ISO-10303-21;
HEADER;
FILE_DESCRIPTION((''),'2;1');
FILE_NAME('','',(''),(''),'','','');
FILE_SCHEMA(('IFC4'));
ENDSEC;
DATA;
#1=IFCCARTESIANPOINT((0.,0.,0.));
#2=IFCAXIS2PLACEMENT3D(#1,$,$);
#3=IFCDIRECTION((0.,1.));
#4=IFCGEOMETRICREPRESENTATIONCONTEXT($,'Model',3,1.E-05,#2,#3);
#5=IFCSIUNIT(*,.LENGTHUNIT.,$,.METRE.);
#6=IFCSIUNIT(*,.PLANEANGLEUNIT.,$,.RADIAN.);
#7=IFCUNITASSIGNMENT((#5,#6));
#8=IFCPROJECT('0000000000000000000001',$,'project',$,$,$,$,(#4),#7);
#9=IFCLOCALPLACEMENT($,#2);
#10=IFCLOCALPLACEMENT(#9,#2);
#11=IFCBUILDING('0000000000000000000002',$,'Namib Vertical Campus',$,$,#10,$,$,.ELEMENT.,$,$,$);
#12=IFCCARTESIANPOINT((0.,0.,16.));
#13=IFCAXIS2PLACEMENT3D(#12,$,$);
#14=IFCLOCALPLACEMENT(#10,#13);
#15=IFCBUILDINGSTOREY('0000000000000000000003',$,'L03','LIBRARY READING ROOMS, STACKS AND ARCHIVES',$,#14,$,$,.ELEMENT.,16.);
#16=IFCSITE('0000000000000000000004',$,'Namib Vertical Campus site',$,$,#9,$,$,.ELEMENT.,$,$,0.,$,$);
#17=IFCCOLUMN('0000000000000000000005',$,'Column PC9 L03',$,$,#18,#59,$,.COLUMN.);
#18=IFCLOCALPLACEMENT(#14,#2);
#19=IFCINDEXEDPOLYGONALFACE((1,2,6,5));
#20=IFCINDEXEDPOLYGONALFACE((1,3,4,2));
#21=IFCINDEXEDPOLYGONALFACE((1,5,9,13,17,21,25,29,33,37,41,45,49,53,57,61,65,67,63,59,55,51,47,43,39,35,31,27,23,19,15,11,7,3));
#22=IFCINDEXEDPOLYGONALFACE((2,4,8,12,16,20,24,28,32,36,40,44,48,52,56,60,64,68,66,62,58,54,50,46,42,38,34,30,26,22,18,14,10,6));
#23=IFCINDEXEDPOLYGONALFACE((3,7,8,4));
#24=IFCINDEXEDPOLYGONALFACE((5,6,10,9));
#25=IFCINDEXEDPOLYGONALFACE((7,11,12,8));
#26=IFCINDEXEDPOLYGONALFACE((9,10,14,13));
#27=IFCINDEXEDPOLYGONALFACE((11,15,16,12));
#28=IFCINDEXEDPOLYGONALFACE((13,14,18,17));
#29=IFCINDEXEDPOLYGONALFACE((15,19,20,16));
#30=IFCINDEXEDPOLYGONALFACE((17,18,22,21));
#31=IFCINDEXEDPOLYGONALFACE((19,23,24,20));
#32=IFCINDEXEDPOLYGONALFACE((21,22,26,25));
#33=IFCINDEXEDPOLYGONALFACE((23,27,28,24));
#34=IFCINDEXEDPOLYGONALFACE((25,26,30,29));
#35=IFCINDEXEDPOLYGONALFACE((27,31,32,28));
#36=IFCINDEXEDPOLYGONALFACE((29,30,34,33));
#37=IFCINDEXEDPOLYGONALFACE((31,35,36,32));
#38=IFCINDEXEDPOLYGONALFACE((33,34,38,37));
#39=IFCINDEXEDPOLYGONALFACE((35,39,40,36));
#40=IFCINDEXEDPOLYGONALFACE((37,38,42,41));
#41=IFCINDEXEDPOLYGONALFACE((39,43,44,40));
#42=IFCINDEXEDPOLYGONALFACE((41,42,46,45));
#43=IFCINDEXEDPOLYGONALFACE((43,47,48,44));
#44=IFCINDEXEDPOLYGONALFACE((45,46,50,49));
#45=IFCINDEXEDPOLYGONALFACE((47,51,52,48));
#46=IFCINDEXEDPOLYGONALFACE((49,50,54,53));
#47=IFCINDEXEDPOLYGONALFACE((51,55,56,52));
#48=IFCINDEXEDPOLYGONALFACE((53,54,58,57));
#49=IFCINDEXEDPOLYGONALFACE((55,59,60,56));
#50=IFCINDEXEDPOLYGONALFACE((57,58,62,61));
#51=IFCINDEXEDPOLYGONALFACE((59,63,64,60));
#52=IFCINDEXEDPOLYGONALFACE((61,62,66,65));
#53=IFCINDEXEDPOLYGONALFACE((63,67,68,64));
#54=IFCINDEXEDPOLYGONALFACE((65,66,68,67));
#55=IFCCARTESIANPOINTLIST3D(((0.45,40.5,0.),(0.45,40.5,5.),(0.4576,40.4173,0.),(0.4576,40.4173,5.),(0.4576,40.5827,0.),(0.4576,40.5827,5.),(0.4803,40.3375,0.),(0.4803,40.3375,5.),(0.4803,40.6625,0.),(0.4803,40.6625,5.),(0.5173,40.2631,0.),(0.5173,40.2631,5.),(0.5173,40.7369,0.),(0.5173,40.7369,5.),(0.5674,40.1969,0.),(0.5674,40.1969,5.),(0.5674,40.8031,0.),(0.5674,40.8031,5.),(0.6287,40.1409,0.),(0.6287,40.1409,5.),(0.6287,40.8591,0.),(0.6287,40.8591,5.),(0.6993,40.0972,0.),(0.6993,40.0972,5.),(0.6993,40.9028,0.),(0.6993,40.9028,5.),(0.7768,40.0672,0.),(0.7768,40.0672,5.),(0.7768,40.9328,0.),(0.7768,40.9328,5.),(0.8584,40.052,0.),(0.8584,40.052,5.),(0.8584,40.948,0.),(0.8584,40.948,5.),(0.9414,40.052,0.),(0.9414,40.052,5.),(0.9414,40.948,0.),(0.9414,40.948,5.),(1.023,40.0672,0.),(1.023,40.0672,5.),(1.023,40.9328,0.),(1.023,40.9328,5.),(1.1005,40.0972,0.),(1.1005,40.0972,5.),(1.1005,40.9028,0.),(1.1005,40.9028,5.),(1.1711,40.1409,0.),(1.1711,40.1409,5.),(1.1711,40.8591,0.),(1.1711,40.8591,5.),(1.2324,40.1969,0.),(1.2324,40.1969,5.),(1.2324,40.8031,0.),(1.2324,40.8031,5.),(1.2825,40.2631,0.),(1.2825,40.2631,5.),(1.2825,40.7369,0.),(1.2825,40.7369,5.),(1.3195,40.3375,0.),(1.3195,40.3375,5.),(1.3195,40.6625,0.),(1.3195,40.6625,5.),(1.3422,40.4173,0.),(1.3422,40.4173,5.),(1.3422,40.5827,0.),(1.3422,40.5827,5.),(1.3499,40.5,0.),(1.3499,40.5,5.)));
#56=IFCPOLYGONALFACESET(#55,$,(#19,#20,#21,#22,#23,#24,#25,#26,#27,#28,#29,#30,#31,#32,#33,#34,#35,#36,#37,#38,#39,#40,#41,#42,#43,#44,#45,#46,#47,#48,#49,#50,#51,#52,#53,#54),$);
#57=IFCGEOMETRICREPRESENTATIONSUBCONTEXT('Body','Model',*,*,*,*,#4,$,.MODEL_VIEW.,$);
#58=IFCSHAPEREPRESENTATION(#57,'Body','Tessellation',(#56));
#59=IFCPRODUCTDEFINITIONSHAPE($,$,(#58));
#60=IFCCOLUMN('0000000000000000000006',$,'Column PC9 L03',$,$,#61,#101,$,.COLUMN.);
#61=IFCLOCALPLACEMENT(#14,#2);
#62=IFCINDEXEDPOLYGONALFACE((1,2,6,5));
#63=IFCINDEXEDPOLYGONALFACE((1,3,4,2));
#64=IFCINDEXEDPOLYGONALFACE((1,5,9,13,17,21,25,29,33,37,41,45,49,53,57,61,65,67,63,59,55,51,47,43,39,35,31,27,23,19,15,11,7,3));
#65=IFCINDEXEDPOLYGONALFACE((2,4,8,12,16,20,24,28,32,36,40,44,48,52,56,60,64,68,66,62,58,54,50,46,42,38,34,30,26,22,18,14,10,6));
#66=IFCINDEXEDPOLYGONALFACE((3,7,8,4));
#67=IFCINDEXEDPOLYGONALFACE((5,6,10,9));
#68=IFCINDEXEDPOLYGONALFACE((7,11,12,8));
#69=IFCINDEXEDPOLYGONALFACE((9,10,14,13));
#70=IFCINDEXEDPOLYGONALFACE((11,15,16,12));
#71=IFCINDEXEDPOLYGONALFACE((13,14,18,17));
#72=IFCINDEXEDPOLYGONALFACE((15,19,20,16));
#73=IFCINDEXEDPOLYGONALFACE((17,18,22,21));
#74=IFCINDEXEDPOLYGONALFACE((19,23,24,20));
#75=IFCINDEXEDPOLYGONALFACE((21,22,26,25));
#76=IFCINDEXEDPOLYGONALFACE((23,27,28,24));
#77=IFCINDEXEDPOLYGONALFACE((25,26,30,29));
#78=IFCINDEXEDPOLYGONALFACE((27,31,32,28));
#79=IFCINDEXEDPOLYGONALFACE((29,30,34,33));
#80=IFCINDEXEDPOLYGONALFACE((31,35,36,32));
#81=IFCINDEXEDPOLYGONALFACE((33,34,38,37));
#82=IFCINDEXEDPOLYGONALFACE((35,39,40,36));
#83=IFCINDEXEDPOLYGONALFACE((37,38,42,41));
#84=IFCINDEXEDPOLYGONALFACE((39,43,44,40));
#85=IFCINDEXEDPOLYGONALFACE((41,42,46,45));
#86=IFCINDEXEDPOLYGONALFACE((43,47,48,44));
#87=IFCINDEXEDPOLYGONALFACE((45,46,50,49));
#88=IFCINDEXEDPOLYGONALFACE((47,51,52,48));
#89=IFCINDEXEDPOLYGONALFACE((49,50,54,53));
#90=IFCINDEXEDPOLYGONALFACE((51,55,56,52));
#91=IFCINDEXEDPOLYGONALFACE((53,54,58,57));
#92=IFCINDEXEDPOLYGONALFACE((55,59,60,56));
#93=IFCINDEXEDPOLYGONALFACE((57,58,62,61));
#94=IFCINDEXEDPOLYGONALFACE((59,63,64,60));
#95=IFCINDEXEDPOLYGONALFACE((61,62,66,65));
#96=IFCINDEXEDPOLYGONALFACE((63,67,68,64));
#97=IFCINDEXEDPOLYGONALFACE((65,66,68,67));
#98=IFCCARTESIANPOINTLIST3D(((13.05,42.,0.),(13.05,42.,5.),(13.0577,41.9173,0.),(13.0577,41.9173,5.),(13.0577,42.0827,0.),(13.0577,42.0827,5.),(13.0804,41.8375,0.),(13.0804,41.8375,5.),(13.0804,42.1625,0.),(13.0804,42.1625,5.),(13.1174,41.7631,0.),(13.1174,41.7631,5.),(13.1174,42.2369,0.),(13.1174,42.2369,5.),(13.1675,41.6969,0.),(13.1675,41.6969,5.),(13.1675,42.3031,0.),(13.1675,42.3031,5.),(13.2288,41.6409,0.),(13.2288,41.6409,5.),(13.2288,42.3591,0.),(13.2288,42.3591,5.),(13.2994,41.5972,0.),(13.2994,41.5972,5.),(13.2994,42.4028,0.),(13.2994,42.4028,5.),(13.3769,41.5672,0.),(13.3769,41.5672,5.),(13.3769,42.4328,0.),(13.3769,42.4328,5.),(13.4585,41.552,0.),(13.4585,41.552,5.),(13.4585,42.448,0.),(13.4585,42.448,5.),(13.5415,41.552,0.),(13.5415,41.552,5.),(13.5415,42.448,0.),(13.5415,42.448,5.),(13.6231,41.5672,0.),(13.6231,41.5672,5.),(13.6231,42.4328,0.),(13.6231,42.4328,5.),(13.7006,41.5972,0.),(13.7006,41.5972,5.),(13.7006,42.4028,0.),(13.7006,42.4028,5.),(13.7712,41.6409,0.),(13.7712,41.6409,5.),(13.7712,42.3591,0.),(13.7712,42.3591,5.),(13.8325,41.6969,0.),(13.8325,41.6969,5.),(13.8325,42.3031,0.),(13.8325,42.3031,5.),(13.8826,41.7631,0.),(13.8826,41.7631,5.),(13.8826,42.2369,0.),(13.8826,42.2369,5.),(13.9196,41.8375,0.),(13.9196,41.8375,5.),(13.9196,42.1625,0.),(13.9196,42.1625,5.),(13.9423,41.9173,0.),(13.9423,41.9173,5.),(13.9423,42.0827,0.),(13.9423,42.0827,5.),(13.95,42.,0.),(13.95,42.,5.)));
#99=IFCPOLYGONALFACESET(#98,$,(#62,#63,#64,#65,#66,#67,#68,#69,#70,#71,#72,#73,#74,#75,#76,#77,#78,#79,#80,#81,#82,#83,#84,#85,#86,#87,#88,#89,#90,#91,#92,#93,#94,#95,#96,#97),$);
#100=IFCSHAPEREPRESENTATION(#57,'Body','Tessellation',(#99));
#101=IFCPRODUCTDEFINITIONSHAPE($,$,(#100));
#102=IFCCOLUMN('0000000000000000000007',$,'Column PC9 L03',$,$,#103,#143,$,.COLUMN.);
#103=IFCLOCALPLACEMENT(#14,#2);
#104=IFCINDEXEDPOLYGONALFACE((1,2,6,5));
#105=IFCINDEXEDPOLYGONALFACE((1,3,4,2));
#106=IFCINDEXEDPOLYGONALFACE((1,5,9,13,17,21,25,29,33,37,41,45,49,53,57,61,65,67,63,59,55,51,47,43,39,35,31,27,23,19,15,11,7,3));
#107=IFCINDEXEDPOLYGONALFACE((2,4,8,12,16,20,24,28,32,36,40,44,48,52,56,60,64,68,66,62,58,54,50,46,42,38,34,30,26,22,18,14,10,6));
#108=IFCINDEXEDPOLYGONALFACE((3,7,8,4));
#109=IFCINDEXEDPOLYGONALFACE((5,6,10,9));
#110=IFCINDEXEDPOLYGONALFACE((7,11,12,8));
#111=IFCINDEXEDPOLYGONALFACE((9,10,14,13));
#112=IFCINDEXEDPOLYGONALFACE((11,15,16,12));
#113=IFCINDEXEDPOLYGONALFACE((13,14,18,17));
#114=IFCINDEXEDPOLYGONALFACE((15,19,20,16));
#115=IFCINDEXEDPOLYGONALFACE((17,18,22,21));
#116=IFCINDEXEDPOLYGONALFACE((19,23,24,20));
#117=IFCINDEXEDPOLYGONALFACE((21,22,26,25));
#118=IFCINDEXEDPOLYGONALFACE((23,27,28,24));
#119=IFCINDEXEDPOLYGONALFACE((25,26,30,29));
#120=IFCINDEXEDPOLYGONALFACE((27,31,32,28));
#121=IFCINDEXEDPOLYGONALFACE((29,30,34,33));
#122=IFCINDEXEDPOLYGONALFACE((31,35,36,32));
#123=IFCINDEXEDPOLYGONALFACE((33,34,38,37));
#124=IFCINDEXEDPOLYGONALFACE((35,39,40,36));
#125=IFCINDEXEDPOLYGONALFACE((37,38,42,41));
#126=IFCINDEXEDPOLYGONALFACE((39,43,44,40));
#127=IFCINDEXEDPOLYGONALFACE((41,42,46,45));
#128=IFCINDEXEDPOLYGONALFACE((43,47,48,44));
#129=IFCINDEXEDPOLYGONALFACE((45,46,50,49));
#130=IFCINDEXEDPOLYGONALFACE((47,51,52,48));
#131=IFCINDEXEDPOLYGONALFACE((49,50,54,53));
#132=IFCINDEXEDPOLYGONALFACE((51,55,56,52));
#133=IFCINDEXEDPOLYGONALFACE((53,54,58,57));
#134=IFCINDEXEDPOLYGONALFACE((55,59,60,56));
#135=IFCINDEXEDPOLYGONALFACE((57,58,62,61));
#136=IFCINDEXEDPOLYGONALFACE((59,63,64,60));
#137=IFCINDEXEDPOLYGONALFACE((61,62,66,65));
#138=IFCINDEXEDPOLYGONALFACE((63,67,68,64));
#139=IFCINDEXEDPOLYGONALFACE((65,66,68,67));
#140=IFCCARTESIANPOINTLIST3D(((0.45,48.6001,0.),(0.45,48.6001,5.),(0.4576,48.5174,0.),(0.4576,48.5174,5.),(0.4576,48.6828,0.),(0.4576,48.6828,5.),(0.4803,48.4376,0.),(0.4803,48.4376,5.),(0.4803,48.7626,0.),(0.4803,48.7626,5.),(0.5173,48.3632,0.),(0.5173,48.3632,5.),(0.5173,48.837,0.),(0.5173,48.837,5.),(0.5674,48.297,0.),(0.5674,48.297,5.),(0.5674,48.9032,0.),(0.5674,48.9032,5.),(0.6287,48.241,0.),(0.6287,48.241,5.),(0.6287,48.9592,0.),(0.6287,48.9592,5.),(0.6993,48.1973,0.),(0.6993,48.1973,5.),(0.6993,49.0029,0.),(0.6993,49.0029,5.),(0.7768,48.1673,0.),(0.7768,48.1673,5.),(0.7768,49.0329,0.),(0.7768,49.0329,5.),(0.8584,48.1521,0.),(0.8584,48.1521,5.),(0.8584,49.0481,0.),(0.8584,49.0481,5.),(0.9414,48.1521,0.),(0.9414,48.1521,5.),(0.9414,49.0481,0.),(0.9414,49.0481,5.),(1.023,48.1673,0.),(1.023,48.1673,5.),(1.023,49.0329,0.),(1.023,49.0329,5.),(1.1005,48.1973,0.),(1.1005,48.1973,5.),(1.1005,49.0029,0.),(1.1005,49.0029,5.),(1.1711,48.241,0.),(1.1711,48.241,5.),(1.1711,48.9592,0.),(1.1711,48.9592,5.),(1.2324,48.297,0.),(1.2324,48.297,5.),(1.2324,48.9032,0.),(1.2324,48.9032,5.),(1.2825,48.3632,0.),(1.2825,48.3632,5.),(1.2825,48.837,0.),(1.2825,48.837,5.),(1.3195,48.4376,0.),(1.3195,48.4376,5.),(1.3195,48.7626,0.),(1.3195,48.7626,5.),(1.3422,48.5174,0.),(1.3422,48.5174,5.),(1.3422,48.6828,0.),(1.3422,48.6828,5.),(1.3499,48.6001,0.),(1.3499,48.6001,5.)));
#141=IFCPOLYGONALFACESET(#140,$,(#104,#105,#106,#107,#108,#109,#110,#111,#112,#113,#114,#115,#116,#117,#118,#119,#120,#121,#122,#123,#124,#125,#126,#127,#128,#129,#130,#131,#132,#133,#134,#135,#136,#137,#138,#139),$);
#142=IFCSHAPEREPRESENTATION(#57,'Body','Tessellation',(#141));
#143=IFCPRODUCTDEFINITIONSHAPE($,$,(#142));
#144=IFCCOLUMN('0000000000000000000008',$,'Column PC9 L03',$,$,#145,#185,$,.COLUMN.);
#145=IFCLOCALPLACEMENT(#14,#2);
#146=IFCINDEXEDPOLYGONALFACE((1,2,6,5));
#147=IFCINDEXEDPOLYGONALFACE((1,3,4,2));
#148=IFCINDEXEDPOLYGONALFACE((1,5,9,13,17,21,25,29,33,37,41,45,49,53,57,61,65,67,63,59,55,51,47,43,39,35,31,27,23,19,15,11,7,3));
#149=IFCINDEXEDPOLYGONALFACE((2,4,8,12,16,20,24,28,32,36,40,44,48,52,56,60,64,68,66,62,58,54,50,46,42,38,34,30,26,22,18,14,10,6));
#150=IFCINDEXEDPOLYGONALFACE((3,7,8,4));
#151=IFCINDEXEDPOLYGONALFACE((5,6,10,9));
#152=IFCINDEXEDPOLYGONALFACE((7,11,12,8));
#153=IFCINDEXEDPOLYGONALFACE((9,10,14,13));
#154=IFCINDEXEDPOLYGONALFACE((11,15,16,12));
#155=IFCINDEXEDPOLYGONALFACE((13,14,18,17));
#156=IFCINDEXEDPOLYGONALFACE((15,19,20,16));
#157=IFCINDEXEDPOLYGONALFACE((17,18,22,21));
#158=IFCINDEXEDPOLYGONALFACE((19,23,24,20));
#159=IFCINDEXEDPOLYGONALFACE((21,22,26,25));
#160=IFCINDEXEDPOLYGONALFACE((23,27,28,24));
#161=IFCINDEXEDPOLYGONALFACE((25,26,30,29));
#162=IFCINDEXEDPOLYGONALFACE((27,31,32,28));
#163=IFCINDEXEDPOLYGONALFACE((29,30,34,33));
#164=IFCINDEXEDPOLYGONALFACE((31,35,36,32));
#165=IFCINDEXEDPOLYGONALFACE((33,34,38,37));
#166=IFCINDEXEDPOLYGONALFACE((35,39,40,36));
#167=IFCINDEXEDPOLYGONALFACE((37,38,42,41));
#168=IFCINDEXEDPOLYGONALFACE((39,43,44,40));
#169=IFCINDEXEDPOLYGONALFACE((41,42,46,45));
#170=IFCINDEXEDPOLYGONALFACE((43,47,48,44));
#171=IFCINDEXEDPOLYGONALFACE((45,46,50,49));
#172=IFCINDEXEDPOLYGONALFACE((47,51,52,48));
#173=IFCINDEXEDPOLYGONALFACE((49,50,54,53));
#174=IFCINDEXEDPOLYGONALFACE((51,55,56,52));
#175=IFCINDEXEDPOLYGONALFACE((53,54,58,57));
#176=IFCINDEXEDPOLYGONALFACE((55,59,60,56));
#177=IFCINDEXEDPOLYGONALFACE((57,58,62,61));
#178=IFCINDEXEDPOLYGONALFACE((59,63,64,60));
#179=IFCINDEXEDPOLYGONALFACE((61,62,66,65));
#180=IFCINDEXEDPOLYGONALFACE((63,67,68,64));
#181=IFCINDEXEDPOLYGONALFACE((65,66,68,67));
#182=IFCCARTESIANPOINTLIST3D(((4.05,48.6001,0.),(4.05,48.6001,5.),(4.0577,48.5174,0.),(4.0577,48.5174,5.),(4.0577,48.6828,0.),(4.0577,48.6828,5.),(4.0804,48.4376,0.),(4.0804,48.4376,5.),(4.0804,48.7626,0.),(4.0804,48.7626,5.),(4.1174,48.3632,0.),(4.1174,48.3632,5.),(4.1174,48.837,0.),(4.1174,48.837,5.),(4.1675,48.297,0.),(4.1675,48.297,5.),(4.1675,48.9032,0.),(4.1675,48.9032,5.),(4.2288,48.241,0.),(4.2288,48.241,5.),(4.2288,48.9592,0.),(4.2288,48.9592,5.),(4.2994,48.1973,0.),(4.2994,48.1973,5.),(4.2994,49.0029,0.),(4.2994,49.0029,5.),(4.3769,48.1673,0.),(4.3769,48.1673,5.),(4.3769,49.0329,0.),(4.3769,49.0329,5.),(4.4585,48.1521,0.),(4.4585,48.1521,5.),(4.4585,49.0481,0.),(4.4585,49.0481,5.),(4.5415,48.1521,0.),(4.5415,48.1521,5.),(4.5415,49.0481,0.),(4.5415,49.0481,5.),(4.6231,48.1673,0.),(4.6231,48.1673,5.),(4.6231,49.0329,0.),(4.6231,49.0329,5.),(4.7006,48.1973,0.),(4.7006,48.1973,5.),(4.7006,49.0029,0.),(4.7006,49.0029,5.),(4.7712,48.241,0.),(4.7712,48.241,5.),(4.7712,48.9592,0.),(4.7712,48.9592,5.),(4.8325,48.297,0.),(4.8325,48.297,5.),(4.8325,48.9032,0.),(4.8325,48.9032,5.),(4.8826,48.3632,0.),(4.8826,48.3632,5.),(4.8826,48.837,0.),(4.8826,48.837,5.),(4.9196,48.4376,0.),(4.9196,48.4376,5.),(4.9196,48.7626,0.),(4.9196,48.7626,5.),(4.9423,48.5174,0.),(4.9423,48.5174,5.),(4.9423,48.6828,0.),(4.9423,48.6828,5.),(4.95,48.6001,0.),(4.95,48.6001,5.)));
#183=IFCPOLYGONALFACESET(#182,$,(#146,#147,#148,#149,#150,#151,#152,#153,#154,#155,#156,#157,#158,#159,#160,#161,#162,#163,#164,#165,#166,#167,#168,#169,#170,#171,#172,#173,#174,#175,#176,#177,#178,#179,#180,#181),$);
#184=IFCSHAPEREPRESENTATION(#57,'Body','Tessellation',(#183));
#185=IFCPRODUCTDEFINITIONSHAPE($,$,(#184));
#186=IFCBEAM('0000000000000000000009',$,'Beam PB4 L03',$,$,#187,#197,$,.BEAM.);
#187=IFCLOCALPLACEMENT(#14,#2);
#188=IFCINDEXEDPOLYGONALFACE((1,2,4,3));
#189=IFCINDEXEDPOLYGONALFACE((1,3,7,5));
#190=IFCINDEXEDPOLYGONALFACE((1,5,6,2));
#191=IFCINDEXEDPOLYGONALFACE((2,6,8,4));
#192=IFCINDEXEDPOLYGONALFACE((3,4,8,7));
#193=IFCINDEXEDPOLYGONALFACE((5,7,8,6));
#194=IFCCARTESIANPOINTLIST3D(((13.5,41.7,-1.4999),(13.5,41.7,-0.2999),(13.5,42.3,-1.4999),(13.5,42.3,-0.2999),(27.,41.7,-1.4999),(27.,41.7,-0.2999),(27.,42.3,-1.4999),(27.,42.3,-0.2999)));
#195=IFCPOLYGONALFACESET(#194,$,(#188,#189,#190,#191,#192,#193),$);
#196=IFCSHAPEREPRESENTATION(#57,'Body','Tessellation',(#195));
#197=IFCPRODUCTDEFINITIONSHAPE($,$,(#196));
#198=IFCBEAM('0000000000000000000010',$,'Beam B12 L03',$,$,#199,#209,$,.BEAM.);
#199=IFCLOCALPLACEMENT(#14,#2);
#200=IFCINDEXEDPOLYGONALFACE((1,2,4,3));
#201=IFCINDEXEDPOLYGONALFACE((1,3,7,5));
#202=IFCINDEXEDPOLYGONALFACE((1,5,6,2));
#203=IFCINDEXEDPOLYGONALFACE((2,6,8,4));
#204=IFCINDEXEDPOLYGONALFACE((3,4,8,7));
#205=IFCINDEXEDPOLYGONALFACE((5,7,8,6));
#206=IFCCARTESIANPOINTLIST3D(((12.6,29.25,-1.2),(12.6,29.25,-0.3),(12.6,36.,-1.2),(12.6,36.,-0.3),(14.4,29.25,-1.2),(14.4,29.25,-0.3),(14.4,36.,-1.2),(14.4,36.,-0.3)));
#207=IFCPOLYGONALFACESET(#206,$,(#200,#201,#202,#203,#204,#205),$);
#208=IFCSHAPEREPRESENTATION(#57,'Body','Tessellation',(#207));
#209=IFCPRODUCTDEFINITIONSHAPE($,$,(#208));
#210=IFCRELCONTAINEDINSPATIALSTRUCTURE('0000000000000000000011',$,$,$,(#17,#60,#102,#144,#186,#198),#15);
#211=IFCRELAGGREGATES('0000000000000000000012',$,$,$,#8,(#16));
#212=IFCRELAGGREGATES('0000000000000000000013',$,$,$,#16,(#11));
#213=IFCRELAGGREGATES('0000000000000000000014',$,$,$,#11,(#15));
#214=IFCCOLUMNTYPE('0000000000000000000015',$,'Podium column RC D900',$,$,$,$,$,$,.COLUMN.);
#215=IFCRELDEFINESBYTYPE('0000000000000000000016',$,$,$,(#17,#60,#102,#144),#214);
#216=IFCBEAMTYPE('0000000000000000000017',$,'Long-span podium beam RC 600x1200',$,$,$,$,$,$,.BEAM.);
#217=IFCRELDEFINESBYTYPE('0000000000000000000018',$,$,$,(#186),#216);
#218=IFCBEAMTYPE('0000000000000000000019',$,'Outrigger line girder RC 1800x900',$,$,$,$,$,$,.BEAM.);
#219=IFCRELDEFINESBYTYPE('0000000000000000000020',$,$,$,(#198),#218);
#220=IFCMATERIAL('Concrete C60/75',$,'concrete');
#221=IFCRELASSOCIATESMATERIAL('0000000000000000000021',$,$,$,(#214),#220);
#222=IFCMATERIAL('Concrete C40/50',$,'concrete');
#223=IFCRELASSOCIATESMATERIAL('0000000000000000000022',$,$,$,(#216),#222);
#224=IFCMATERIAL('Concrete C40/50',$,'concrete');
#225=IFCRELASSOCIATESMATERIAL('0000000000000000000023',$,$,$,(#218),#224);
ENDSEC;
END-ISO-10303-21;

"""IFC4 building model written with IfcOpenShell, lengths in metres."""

from ifc_helpers import new_model, si_unit, direction, frame, origin, origin_2d, place, context, subcontext, project, spatial, rectangle, circle, extrude, material, material_profile, profile_set, type_object, element, save


model = new_model("IFC4")

# Units and contexts
model_context = context("Model", 3, precision=1e-05, world=origin(), true_north=direction((0.0, 1.0)))
body_context = subcontext(model_context, "Body", "Model", "MODEL_VIEW")
ifc_project = project(units=[si_unit("LENGTHUNIT", "METRE"), si_unit("PLANEANGLEUNIT", "RADIAN")], contexts=[model_context])

# Site, building, storey
site_placement = place(None, origin())
site = spatial("IfcSite", under=ifc_project, at=site_placement, Name="Namib Vertical Campus site", CompositionType="ELEMENT", RefElevation=0.0)
building_placement = place(site_placement, origin())
building = spatial("IfcBuilding", under=site, at=building_placement, Name="Namib Vertical Campus", CompositionType="ELEMENT")
storey_placement = place(building_placement, frame((0.0, 0.0, 16.0)))
storey = spatial("IfcBuildingStorey", under=building, at=storey_placement, Name="L03", Description="LIBRARY READING ROOMS, STACKS AND ARCHIVES", CompositionType="ELEMENT", Elevation=16.0)

# Columns
ifc_material_1 = material(Name="Concrete C60/75", Category="concrete")
ifc_material_profile_1 = material_profile(ifc_material_1, circle(Radius=0.45, at=origin_2d()))
ifc_profile_set_1 = profile_set([ifc_material_profile_1], Name="Concrete C60/75")
column_type = type_object("IfcColumnType", Name="Podium column RC D900", PredefinedType="COLUMN", material=ifc_profile_set_1)
for number, where, z_axis, x_axis, name in (
    (1, (0.8999, 40.5, 0.0), (0.0, 0.0, 1.0), (1.0, 0.0, 0.0), "Column PC9 L03"),
    (2, (13.5, 42.0, 0.0), (0.0, 0.0, 1.0), (1.0, 0.0, 0.0), "Column PC9 L03"),
    (3, (0.8999, 48.6001, 0.0), (0.0, 0.0, 1.0), (1.0, 0.0, 0.0), "Column PC9 L03"),
    (4, (4.5, 48.6001, 0.0), (0.0, 0.0, 1.0), (1.0, 0.0, 0.0), "Column PC9 L03"),
):
    element("IfcColumn", number, at=place(storey_placement, frame(where, z_axis=z_axis, x_axis=x_axis)), inside=storey, type_object=column_type, Name=name, PredefinedType="COLUMN", context=body_context, shape_type="SweptSolid", body=[
        extrude(circle(Radius=0.45, at=origin_2d()), origin(), (0.0, 0.0, 1.0), 5.0),
    ])

# Beams
ifc_material_2 = material(Name="Concrete C40/50", Category="concrete")
ifc_material_profile_2 = material_profile(ifc_material_2, rectangle(XDim=0.6001, YDim=1.2, at=origin_2d()))
ifc_profile_set_2 = profile_set([ifc_material_profile_2], Name="Concrete C40/50")
beam_type_1 = type_object("IfcBeamType", Name="Long-span podium beam RC 600x1200", PredefinedType="BEAM", material=ifc_profile_set_2)
beam_1_placement = place(storey_placement, frame((13.5, 42.0, -0.8999), z_axis=(1.0, 0.0, 0.0), x_axis=(0.0, 1.0, 0.0)))
element("IfcBeam", 5, at=beam_1_placement, inside=storey, type_object=beam_type_1, Name="Beam PB4 L03", PredefinedType="BEAM", context=body_context, shape_type="SweptSolid", body=[
    extrude(rectangle(XDim=0.6001, YDim=1.2, at=origin_2d()), origin(), (0.0, 0.0, 1.0), 13.5),
])
ifc_material_3 = material(Name="Concrete C40/50", Category="concrete")
ifc_material_profile_3 = material_profile(ifc_material_3, rectangle(XDim=1.8, YDim=0.8999, at=origin_2d()))
ifc_profile_set_3 = profile_set([ifc_material_profile_3], Name="Concrete C40/50")
beam_type_2 = type_object("IfcBeamType", Name="Outrigger line girder RC 1800x900", PredefinedType="BEAM", material=ifc_profile_set_3)
beam_2_placement = place(storey_placement, frame((13.5, 36.0, -0.75), z_axis=(0.0, -1.0, 0.0), x_axis=(1.0, 0.0, 0.0)))
element("IfcBeam", 6, at=beam_2_placement, inside=storey, type_object=beam_type_2, Name="Beam B12 L03", PredefinedType="BEAM", context=body_context, shape_type="SweptSolid", body=[
    extrude(rectangle(XDim=1.8, YDim=0.8999, at=origin_2d()), origin(), (0.0, 0.0, 1.0), 6.75),
])

save(model, "model.ifc")
